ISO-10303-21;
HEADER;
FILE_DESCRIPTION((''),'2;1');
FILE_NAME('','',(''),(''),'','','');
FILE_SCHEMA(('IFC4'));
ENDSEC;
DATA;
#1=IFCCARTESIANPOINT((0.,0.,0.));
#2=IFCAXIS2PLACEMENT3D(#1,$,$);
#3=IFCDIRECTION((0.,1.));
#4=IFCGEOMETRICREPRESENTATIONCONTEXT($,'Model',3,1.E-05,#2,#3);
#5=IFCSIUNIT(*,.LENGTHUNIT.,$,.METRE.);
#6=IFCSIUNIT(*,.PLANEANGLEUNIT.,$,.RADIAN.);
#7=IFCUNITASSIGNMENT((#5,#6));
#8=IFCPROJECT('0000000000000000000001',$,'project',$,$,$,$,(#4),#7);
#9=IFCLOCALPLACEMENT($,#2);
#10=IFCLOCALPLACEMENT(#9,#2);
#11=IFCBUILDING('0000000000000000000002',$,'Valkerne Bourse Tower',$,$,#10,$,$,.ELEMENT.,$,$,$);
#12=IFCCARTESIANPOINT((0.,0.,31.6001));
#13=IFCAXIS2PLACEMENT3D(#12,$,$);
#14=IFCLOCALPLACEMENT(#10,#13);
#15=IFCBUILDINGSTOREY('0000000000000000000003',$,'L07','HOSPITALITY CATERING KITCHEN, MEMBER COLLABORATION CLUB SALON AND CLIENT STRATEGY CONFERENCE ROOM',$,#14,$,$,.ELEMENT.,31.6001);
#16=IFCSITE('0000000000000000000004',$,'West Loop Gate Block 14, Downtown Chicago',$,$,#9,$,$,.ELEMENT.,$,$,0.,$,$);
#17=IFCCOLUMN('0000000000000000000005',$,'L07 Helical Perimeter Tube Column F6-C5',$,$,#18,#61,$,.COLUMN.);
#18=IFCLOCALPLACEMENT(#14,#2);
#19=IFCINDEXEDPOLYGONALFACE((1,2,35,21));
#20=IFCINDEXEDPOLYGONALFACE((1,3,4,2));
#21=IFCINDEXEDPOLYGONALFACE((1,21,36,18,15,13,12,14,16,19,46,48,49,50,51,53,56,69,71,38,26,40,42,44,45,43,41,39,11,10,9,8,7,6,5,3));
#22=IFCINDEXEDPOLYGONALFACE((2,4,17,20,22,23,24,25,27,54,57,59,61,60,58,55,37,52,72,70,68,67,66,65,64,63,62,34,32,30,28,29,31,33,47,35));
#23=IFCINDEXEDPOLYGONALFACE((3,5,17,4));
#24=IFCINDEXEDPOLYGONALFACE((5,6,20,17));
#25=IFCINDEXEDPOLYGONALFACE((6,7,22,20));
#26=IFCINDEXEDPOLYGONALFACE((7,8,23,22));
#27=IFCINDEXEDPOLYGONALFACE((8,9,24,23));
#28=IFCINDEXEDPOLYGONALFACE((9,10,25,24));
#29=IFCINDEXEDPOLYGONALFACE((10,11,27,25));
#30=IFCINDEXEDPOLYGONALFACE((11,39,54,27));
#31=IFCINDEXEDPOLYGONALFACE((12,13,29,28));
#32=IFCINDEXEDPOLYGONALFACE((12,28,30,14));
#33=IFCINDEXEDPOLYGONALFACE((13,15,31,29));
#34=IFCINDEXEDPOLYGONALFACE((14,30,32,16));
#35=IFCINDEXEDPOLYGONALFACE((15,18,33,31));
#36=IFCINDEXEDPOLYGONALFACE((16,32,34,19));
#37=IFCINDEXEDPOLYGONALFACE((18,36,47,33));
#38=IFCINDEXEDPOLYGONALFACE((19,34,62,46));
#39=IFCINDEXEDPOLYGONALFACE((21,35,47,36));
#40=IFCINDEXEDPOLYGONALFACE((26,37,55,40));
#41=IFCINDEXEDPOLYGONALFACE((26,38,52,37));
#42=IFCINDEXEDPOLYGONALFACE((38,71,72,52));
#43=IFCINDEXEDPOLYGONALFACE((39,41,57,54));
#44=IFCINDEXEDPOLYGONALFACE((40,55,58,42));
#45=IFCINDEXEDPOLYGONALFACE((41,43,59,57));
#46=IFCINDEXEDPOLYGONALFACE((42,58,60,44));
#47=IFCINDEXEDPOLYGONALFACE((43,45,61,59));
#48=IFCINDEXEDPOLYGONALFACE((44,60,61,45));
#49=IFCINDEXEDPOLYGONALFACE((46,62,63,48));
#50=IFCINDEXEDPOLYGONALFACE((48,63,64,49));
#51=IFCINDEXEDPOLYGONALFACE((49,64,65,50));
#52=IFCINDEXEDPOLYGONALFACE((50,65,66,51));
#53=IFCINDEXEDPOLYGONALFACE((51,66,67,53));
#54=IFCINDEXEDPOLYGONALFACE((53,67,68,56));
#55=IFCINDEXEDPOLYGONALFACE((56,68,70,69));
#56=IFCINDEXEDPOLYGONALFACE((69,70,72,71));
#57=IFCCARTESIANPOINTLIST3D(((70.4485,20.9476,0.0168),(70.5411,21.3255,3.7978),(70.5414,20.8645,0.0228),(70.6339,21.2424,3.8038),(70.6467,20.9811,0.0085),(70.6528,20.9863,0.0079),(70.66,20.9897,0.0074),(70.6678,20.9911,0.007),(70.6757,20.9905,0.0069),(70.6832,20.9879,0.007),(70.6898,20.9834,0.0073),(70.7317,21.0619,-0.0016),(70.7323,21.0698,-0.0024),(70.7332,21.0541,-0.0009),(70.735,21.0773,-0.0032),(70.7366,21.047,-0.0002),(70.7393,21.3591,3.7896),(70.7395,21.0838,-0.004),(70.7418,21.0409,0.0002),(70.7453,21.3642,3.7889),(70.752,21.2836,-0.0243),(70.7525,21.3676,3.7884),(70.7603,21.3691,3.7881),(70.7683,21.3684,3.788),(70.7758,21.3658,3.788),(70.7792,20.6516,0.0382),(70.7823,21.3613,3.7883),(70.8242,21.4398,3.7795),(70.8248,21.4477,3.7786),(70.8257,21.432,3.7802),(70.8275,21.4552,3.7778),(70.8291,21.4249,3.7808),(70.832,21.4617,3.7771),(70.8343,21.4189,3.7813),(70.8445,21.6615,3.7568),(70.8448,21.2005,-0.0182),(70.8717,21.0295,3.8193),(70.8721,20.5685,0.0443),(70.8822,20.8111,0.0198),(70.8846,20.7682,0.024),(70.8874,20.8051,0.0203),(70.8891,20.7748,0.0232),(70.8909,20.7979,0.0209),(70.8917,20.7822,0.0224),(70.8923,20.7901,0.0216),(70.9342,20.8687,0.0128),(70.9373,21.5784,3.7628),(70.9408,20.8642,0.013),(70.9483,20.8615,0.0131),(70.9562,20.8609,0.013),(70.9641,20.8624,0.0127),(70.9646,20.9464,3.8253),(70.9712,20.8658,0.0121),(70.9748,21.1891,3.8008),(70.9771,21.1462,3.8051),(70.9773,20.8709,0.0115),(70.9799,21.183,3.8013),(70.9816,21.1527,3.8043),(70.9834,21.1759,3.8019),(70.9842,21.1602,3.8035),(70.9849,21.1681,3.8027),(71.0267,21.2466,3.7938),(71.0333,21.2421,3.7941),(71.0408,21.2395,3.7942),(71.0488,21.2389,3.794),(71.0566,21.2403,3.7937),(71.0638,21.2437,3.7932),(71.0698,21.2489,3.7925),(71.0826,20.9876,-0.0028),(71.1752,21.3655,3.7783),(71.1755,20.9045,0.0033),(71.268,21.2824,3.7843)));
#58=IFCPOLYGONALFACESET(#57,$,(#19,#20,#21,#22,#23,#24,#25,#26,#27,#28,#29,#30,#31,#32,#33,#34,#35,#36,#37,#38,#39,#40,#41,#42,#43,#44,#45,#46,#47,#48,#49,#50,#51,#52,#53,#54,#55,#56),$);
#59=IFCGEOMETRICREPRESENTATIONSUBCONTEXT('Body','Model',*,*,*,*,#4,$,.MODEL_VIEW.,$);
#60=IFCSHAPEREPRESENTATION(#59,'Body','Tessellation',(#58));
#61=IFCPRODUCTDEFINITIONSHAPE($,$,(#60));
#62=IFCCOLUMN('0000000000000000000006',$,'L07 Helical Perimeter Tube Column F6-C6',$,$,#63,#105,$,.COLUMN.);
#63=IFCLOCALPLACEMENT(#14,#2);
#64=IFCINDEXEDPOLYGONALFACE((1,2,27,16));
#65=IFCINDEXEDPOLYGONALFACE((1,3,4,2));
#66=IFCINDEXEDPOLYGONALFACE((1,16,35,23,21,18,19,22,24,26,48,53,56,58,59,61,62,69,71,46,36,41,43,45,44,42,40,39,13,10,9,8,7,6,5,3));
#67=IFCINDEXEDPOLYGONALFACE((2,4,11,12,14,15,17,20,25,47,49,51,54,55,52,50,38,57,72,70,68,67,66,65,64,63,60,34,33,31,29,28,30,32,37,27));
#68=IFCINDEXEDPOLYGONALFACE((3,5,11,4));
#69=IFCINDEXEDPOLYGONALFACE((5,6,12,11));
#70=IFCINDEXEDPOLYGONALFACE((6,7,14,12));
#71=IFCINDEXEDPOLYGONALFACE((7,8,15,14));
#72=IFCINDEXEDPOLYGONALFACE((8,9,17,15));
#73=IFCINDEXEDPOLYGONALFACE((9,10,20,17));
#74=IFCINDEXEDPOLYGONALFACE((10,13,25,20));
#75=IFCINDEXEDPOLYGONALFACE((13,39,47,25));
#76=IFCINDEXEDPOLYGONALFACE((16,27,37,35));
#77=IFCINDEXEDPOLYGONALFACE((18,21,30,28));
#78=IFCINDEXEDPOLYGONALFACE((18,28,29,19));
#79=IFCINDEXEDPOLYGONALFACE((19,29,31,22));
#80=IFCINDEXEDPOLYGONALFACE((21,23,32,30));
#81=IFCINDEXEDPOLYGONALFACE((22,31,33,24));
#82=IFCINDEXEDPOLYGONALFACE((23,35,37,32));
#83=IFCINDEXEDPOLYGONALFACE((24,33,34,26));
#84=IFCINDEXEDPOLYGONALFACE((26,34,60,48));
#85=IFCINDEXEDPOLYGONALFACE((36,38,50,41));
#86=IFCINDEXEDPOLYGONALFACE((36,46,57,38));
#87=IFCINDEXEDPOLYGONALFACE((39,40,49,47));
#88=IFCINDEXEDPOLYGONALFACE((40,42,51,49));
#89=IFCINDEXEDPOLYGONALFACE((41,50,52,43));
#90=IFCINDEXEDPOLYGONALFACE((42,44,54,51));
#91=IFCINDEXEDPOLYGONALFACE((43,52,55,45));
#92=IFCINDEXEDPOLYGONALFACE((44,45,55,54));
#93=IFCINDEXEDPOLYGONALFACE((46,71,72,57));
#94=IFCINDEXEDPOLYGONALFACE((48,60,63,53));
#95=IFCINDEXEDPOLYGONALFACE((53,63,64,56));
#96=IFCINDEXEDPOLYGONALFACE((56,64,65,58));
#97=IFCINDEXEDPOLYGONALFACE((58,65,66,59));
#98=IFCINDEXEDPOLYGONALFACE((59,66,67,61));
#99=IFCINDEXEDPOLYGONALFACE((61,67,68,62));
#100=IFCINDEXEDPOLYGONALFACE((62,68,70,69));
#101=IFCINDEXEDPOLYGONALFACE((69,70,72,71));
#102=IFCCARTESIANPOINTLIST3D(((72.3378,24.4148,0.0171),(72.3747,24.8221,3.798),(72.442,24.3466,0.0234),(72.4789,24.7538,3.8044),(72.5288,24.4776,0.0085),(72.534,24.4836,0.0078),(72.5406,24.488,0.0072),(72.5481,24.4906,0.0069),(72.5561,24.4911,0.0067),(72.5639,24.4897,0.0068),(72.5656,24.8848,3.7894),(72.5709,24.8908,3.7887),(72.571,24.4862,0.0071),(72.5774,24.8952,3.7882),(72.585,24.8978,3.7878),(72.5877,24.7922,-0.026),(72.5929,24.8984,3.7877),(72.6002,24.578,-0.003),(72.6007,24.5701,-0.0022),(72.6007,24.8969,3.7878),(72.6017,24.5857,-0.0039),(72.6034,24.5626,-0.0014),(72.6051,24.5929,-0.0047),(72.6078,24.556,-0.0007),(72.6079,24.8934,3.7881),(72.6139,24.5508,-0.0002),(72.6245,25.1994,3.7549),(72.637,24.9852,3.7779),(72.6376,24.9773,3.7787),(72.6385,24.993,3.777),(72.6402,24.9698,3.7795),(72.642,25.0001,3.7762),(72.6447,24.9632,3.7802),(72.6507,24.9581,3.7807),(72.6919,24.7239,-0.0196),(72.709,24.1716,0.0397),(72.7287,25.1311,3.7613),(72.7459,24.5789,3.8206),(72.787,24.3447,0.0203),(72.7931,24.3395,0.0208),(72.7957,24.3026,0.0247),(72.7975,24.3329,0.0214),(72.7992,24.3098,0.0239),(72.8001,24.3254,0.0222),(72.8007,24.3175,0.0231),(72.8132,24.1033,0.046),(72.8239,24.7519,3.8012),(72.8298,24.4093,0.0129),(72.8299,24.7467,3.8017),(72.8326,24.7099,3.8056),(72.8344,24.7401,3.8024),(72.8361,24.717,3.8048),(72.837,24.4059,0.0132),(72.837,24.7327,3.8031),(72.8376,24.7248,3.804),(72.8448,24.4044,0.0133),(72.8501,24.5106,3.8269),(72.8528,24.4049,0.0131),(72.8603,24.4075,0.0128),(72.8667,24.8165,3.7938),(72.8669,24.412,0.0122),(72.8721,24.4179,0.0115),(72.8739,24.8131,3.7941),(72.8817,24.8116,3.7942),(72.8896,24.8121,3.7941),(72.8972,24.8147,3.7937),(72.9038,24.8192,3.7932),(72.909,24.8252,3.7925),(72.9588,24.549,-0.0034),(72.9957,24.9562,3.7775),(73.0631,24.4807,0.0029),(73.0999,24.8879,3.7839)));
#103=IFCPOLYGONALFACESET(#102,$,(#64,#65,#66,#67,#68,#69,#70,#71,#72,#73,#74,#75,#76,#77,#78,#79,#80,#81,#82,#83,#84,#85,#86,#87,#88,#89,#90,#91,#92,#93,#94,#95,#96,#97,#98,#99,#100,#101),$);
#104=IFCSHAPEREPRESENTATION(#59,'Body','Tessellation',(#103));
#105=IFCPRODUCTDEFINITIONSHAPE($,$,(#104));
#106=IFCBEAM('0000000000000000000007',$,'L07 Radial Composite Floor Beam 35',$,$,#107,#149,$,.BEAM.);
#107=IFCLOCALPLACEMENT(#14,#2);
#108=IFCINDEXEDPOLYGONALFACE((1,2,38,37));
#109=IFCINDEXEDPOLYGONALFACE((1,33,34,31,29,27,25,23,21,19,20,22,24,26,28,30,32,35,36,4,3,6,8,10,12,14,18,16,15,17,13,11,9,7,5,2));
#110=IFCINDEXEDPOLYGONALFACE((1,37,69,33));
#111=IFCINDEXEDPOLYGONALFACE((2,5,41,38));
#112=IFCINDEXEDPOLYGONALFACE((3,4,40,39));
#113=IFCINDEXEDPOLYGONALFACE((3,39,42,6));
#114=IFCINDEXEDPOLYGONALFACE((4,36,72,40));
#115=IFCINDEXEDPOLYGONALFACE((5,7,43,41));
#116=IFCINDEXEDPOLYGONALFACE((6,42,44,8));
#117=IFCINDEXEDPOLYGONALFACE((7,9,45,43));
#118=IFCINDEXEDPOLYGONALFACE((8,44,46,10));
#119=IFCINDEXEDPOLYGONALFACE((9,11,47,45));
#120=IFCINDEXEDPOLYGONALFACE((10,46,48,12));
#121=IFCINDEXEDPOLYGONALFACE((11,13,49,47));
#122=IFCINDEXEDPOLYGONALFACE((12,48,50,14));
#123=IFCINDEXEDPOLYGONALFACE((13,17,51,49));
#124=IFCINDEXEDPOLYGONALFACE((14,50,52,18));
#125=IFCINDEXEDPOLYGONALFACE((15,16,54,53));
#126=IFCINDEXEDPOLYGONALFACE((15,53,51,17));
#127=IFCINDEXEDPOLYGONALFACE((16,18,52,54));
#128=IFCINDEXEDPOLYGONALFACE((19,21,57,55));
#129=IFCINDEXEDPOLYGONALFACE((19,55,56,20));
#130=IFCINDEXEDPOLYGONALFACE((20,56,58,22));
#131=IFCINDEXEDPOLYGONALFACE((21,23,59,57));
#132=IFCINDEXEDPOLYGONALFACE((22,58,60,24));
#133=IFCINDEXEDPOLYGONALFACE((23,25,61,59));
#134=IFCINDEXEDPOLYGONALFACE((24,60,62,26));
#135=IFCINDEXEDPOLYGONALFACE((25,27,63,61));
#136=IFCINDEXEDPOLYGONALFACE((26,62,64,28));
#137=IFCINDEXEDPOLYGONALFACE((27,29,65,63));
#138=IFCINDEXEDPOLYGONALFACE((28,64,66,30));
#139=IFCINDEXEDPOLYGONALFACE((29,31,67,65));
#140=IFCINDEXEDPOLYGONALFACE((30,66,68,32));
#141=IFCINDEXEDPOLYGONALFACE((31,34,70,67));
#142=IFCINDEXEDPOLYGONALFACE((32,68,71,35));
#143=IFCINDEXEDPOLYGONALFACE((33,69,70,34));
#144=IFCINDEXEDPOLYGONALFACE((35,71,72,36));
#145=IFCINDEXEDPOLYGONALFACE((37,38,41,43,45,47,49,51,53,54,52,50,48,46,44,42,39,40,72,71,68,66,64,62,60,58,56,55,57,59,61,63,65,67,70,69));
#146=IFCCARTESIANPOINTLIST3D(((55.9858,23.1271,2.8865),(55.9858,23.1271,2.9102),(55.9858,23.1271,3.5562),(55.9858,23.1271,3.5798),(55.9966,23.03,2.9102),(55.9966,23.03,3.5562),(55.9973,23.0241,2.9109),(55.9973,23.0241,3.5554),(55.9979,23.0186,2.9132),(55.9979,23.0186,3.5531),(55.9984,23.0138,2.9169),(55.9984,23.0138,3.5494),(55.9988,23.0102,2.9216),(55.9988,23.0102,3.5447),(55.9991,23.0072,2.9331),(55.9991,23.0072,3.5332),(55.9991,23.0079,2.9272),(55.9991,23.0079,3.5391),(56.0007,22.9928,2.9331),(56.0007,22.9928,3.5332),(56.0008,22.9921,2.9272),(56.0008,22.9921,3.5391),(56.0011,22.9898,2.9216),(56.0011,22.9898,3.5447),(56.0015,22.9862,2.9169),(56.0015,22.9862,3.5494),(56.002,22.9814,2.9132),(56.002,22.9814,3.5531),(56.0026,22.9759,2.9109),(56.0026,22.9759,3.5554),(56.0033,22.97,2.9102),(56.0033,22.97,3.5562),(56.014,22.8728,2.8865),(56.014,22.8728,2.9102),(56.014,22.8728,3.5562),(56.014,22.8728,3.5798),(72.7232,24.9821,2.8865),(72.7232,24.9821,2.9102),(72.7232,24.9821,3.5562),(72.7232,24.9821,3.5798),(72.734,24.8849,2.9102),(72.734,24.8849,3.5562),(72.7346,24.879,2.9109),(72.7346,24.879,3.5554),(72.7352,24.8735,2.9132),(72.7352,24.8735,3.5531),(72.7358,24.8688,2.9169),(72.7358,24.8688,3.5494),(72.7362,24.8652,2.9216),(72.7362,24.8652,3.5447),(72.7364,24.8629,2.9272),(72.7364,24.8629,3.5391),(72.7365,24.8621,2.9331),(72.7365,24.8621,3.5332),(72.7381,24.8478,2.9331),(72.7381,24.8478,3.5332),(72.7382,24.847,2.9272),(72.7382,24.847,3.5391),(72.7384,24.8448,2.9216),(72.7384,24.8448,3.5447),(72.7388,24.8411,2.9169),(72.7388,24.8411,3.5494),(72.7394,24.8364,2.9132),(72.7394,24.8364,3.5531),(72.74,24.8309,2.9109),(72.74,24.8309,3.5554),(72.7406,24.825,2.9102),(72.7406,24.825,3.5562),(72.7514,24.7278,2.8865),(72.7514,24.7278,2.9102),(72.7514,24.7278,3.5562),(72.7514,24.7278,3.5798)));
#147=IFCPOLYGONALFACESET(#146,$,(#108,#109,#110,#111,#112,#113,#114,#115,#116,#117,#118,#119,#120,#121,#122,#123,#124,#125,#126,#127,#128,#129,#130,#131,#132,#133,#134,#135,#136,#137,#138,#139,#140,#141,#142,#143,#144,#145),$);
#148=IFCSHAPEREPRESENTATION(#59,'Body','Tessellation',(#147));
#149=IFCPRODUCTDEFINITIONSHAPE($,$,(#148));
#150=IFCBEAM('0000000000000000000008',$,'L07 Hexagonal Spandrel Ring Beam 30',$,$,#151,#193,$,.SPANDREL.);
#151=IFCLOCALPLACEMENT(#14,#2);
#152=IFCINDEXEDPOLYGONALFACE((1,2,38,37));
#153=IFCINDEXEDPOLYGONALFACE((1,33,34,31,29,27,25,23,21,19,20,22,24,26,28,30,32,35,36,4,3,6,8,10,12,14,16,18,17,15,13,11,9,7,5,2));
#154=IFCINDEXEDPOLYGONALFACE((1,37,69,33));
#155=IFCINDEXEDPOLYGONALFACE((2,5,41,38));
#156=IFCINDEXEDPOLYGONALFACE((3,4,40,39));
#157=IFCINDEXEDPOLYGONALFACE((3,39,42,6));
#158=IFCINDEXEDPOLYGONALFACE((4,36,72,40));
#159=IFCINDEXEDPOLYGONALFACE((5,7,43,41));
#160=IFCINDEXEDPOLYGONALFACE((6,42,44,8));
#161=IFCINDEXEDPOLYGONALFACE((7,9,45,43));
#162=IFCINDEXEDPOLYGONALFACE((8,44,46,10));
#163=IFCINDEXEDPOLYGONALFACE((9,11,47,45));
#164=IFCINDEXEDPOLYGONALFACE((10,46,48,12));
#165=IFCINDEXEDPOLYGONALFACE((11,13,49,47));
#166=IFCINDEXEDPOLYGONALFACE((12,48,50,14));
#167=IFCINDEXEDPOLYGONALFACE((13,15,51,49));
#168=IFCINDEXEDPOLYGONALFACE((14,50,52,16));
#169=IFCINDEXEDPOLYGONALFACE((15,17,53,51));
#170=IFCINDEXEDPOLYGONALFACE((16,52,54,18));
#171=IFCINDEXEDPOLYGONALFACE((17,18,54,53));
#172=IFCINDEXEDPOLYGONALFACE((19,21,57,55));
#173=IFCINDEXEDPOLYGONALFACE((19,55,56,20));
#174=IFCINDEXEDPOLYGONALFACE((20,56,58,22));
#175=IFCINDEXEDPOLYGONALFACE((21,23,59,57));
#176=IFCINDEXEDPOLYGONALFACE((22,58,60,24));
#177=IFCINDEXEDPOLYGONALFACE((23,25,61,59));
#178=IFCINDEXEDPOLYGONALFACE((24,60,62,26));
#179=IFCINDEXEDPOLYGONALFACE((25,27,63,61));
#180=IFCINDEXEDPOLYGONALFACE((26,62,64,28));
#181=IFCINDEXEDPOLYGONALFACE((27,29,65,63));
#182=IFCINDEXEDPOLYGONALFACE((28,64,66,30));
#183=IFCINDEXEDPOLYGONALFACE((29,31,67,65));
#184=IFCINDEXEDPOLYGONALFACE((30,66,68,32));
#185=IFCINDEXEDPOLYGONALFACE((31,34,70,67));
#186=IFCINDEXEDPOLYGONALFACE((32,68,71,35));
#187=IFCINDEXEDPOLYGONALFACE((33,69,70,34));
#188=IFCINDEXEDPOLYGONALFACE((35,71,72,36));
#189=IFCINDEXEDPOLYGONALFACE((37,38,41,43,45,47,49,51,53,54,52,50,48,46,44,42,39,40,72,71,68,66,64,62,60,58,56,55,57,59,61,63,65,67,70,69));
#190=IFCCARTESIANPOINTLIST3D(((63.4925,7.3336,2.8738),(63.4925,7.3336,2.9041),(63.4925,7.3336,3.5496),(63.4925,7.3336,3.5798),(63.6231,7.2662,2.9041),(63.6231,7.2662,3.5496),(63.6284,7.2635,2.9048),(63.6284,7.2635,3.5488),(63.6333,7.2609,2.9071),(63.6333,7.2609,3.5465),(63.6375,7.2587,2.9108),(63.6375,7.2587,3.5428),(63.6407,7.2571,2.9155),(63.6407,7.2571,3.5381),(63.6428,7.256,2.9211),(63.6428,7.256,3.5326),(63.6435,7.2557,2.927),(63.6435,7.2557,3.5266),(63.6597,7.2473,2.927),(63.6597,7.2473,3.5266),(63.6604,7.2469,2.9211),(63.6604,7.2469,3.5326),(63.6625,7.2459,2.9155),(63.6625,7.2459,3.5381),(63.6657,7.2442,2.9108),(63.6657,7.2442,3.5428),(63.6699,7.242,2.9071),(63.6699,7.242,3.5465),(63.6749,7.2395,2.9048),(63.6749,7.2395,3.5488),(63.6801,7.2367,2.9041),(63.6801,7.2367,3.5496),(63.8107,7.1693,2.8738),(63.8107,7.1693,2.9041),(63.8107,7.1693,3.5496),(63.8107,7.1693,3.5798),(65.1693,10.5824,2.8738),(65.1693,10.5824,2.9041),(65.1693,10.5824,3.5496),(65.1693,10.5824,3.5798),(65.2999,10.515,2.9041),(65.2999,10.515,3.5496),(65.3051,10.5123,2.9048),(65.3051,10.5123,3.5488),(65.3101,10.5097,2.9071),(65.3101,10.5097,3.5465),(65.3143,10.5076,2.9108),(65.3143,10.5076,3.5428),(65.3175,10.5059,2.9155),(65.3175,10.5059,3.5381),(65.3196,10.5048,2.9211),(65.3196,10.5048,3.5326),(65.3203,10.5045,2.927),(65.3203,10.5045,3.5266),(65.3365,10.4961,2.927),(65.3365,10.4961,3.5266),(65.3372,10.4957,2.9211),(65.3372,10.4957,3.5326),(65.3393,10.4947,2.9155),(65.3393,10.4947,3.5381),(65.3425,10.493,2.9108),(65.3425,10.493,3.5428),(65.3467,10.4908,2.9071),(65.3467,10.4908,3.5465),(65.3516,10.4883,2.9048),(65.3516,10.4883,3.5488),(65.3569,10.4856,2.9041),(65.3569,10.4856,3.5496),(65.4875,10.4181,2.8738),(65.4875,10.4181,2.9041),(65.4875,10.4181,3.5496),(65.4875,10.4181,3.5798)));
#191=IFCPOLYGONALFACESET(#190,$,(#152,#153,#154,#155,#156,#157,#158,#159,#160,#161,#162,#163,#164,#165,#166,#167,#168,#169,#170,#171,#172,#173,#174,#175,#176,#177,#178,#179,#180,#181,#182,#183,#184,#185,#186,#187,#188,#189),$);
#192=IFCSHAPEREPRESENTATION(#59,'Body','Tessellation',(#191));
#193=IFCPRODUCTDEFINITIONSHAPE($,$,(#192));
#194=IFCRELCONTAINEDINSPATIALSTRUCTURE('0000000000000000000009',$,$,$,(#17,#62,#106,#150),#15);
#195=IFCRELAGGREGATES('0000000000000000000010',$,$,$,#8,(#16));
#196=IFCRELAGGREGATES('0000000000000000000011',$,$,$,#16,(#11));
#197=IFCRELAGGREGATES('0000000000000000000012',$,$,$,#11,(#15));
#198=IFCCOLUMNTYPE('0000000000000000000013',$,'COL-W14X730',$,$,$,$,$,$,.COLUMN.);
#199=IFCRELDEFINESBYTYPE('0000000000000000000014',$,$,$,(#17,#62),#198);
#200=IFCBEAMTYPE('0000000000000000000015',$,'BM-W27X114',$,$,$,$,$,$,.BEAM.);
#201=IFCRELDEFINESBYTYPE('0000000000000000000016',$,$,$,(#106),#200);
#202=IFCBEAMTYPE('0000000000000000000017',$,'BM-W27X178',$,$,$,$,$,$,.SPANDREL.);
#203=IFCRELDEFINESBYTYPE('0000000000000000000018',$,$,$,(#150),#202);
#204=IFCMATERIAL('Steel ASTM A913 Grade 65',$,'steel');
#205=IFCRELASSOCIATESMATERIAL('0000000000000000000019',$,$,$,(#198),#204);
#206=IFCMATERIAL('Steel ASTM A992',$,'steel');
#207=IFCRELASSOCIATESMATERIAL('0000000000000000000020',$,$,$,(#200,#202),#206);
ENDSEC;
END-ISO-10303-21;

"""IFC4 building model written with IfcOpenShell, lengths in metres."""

from ifc_helpers import new_model, si_unit, direction, frame, origin, origin_2d, place, context, subcontext, project, spatial, i_section, extrude, material, material_profile, profile_set, type_object, element, save


model = new_model("IFC4")

# Units and contexts
model_context = context("Model", 3, precision=1e-05, world=origin(), true_north=direction((0.0, 1.0)))
body_context = subcontext(model_context, "Body", "Model", "MODEL_VIEW")
ifc_project = project(units=[si_unit("LENGTHUNIT", "METRE"), si_unit("PLANEANGLEUNIT", "RADIAN")], contexts=[model_context])

# Site, building, storey
site_placement = place(None, origin())
site = spatial("IfcSite", under=ifc_project, at=site_placement, Name="West Loop Gate Block 14, Downtown Chicago", CompositionType="ELEMENT", RefElevation=0.0)
building_placement = place(site_placement, origin())
building = spatial("IfcBuilding", under=site, at=building_placement, Name="Valkerne Bourse Tower", CompositionType="ELEMENT")
storey_placement = place(building_placement, frame((0.0, 0.0, 31.6001)))
storey = spatial("IfcBuildingStorey", under=building, at=storey_placement, Name="L07", Description="HOSPITALITY CATERING KITCHEN, MEMBER COLLABORATION CLUB SALON AND CLIENT STRATEGY CONFERENCE ROOM", CompositionType="ELEMENT", Elevation=31.6001)

# Columns
ifc_material_1 = material(Name="Steel ASTM A913 Grade 65", Category="steel")
ifc_material_profile_1 = material_profile(ifc_material_1, i_section(OverallWidth=0.4546, OverallDepth=0.5691, WebThickness=0.0779, FlangeThickness=0.1248, FilletRadius=0.0305, at=origin_2d()), Name="W14X730")
ifc_profile_set_1 = profile_set([ifc_material_profile_1], Name="Steel ASTM A913 Grade 65")
column_type = type_object("IfcColumnType", Name="COL-W14X730", PredefinedType="COLUMN", material=ifc_profile_set_1)
column_1_placement = place(storey_placement, frame((70.812, 20.926, 0.01), z_axis=(0.024344, 0.09943, 0.994747), x_axis=(-0.667475, -0.739147, 0.090216)))
element("IfcColumn", 1, at=column_1_placement, inside=storey, type_object=column_type, Name="L07 Helical Perimeter Tube Column F6-C5", PredefinedType="COLUMN", context=body_context, shape_type="SweptSolid", body=[
    extrude(i_section(OverallWidth=0.4546, OverallDepth=0.5691, WebThickness=0.0779, FlangeThickness=0.1248, FilletRadius=0.0305, at=origin_2d()), origin(), (0.0, 0.0, 1.0), 3.801),
])
column_2_placement = place(storey_placement, frame((72.7004, 24.4478, 0.01), z_axis=(0.009694, 0.107079, 0.994203), x_axis=(-0.549623, -0.830022, 0.094755)))
element("IfcColumn", 2, at=column_2_placement, inside=storey, type_object=column_type, Name="L07 Helical Perimeter Tube Column F6-C6", PredefinedType="COLUMN", context=body_context, shape_type="SweptSolid", body=[
    extrude(i_section(OverallWidth=0.4546, OverallDepth=0.5691, WebThickness=0.0779, FlangeThickness=0.1248, FilletRadius=0.0305, at=origin_2d()), origin(), (0.0, 0.0, 1.0), 3.803),
])

# Beams
ifc_material_2 = material(Name="Steel ASTM A992", Category="steel")
ifc_material_profile_2 = material_profile(ifc_material_2, i_section(OverallWidth=0.2559, OverallDepth=0.6934, WebThickness=0.0144, FlangeThickness=0.0237, FilletRadius=0.0229, at=origin_2d()), Name="W27X114")
ifc_profile_set_2 = profile_set([ifc_material_profile_2], Name="Steel ASTM A992")
beam_type_1 = type_object("IfcBeamType", Name="BM-W27X114", PredefinedType="BEAM", material=ifc_profile_set_2)
beam_1_placement = place(storey_placement, frame((72.7373, 24.855, 3.2332), z_axis=(-0.993914, -0.110155, 0.0), x_axis=(0.110155, -0.993914, 0.0)))
element("IfcBeam", 3, at=beam_1_placement, inside=storey, type_object=beam_type_1, Name="L07 Radial Composite Floor Beam 35", PredefinedType="BEAM", context=body_context, shape_type="SweptSolid", body=[
    extrude(i_section(OverallWidth=0.2559, OverallDepth=0.6934, WebThickness=0.0144, FlangeThickness=0.0237, FilletRadius=0.0229, at=origin_2d()), origin(), (0.0, 0.0, 1.0), 16.8398),
])
ifc_material_profile_3 = material_profile(ifc_material_2, i_section(OverallWidth=0.3582, OverallDepth=0.7061, WebThickness=0.0183, FlangeThickness=0.0303, FilletRadius=0.0229, at=origin_2d()), Name="W27X178")
ifc_profile_set_3 = profile_set([ifc_material_profile_3], Name="Steel ASTM A992")
beam_type_2 = type_object("IfcBeamType", Name="BM-W27X178", PredefinedType="SPANDREL", material=ifc_profile_set_3)
beam_2_placement = place(storey_placement, frame((63.6516, 7.2515, 3.2268), z_axis=(0.458636, 0.888624, 0.0), x_axis=(-0.888624, 0.458636, 0.0)))
element("IfcBeam", 4, at=beam_2_placement, inside=storey, type_object=beam_type_2, Name="L07 Hexagonal Spandrel Ring Beam 30", PredefinedType="SPANDREL", context=body_context, shape_type="SweptSolid", body=[
    extrude(i_section(OverallWidth=0.3582, OverallDepth=0.7061, WebThickness=0.0183, FlangeThickness=0.0303, FilletRadius=0.0229, at=origin_2d()), origin(), (0.0, 0.0, 1.0), 3.656),
])

save(model, "model.ifc")
